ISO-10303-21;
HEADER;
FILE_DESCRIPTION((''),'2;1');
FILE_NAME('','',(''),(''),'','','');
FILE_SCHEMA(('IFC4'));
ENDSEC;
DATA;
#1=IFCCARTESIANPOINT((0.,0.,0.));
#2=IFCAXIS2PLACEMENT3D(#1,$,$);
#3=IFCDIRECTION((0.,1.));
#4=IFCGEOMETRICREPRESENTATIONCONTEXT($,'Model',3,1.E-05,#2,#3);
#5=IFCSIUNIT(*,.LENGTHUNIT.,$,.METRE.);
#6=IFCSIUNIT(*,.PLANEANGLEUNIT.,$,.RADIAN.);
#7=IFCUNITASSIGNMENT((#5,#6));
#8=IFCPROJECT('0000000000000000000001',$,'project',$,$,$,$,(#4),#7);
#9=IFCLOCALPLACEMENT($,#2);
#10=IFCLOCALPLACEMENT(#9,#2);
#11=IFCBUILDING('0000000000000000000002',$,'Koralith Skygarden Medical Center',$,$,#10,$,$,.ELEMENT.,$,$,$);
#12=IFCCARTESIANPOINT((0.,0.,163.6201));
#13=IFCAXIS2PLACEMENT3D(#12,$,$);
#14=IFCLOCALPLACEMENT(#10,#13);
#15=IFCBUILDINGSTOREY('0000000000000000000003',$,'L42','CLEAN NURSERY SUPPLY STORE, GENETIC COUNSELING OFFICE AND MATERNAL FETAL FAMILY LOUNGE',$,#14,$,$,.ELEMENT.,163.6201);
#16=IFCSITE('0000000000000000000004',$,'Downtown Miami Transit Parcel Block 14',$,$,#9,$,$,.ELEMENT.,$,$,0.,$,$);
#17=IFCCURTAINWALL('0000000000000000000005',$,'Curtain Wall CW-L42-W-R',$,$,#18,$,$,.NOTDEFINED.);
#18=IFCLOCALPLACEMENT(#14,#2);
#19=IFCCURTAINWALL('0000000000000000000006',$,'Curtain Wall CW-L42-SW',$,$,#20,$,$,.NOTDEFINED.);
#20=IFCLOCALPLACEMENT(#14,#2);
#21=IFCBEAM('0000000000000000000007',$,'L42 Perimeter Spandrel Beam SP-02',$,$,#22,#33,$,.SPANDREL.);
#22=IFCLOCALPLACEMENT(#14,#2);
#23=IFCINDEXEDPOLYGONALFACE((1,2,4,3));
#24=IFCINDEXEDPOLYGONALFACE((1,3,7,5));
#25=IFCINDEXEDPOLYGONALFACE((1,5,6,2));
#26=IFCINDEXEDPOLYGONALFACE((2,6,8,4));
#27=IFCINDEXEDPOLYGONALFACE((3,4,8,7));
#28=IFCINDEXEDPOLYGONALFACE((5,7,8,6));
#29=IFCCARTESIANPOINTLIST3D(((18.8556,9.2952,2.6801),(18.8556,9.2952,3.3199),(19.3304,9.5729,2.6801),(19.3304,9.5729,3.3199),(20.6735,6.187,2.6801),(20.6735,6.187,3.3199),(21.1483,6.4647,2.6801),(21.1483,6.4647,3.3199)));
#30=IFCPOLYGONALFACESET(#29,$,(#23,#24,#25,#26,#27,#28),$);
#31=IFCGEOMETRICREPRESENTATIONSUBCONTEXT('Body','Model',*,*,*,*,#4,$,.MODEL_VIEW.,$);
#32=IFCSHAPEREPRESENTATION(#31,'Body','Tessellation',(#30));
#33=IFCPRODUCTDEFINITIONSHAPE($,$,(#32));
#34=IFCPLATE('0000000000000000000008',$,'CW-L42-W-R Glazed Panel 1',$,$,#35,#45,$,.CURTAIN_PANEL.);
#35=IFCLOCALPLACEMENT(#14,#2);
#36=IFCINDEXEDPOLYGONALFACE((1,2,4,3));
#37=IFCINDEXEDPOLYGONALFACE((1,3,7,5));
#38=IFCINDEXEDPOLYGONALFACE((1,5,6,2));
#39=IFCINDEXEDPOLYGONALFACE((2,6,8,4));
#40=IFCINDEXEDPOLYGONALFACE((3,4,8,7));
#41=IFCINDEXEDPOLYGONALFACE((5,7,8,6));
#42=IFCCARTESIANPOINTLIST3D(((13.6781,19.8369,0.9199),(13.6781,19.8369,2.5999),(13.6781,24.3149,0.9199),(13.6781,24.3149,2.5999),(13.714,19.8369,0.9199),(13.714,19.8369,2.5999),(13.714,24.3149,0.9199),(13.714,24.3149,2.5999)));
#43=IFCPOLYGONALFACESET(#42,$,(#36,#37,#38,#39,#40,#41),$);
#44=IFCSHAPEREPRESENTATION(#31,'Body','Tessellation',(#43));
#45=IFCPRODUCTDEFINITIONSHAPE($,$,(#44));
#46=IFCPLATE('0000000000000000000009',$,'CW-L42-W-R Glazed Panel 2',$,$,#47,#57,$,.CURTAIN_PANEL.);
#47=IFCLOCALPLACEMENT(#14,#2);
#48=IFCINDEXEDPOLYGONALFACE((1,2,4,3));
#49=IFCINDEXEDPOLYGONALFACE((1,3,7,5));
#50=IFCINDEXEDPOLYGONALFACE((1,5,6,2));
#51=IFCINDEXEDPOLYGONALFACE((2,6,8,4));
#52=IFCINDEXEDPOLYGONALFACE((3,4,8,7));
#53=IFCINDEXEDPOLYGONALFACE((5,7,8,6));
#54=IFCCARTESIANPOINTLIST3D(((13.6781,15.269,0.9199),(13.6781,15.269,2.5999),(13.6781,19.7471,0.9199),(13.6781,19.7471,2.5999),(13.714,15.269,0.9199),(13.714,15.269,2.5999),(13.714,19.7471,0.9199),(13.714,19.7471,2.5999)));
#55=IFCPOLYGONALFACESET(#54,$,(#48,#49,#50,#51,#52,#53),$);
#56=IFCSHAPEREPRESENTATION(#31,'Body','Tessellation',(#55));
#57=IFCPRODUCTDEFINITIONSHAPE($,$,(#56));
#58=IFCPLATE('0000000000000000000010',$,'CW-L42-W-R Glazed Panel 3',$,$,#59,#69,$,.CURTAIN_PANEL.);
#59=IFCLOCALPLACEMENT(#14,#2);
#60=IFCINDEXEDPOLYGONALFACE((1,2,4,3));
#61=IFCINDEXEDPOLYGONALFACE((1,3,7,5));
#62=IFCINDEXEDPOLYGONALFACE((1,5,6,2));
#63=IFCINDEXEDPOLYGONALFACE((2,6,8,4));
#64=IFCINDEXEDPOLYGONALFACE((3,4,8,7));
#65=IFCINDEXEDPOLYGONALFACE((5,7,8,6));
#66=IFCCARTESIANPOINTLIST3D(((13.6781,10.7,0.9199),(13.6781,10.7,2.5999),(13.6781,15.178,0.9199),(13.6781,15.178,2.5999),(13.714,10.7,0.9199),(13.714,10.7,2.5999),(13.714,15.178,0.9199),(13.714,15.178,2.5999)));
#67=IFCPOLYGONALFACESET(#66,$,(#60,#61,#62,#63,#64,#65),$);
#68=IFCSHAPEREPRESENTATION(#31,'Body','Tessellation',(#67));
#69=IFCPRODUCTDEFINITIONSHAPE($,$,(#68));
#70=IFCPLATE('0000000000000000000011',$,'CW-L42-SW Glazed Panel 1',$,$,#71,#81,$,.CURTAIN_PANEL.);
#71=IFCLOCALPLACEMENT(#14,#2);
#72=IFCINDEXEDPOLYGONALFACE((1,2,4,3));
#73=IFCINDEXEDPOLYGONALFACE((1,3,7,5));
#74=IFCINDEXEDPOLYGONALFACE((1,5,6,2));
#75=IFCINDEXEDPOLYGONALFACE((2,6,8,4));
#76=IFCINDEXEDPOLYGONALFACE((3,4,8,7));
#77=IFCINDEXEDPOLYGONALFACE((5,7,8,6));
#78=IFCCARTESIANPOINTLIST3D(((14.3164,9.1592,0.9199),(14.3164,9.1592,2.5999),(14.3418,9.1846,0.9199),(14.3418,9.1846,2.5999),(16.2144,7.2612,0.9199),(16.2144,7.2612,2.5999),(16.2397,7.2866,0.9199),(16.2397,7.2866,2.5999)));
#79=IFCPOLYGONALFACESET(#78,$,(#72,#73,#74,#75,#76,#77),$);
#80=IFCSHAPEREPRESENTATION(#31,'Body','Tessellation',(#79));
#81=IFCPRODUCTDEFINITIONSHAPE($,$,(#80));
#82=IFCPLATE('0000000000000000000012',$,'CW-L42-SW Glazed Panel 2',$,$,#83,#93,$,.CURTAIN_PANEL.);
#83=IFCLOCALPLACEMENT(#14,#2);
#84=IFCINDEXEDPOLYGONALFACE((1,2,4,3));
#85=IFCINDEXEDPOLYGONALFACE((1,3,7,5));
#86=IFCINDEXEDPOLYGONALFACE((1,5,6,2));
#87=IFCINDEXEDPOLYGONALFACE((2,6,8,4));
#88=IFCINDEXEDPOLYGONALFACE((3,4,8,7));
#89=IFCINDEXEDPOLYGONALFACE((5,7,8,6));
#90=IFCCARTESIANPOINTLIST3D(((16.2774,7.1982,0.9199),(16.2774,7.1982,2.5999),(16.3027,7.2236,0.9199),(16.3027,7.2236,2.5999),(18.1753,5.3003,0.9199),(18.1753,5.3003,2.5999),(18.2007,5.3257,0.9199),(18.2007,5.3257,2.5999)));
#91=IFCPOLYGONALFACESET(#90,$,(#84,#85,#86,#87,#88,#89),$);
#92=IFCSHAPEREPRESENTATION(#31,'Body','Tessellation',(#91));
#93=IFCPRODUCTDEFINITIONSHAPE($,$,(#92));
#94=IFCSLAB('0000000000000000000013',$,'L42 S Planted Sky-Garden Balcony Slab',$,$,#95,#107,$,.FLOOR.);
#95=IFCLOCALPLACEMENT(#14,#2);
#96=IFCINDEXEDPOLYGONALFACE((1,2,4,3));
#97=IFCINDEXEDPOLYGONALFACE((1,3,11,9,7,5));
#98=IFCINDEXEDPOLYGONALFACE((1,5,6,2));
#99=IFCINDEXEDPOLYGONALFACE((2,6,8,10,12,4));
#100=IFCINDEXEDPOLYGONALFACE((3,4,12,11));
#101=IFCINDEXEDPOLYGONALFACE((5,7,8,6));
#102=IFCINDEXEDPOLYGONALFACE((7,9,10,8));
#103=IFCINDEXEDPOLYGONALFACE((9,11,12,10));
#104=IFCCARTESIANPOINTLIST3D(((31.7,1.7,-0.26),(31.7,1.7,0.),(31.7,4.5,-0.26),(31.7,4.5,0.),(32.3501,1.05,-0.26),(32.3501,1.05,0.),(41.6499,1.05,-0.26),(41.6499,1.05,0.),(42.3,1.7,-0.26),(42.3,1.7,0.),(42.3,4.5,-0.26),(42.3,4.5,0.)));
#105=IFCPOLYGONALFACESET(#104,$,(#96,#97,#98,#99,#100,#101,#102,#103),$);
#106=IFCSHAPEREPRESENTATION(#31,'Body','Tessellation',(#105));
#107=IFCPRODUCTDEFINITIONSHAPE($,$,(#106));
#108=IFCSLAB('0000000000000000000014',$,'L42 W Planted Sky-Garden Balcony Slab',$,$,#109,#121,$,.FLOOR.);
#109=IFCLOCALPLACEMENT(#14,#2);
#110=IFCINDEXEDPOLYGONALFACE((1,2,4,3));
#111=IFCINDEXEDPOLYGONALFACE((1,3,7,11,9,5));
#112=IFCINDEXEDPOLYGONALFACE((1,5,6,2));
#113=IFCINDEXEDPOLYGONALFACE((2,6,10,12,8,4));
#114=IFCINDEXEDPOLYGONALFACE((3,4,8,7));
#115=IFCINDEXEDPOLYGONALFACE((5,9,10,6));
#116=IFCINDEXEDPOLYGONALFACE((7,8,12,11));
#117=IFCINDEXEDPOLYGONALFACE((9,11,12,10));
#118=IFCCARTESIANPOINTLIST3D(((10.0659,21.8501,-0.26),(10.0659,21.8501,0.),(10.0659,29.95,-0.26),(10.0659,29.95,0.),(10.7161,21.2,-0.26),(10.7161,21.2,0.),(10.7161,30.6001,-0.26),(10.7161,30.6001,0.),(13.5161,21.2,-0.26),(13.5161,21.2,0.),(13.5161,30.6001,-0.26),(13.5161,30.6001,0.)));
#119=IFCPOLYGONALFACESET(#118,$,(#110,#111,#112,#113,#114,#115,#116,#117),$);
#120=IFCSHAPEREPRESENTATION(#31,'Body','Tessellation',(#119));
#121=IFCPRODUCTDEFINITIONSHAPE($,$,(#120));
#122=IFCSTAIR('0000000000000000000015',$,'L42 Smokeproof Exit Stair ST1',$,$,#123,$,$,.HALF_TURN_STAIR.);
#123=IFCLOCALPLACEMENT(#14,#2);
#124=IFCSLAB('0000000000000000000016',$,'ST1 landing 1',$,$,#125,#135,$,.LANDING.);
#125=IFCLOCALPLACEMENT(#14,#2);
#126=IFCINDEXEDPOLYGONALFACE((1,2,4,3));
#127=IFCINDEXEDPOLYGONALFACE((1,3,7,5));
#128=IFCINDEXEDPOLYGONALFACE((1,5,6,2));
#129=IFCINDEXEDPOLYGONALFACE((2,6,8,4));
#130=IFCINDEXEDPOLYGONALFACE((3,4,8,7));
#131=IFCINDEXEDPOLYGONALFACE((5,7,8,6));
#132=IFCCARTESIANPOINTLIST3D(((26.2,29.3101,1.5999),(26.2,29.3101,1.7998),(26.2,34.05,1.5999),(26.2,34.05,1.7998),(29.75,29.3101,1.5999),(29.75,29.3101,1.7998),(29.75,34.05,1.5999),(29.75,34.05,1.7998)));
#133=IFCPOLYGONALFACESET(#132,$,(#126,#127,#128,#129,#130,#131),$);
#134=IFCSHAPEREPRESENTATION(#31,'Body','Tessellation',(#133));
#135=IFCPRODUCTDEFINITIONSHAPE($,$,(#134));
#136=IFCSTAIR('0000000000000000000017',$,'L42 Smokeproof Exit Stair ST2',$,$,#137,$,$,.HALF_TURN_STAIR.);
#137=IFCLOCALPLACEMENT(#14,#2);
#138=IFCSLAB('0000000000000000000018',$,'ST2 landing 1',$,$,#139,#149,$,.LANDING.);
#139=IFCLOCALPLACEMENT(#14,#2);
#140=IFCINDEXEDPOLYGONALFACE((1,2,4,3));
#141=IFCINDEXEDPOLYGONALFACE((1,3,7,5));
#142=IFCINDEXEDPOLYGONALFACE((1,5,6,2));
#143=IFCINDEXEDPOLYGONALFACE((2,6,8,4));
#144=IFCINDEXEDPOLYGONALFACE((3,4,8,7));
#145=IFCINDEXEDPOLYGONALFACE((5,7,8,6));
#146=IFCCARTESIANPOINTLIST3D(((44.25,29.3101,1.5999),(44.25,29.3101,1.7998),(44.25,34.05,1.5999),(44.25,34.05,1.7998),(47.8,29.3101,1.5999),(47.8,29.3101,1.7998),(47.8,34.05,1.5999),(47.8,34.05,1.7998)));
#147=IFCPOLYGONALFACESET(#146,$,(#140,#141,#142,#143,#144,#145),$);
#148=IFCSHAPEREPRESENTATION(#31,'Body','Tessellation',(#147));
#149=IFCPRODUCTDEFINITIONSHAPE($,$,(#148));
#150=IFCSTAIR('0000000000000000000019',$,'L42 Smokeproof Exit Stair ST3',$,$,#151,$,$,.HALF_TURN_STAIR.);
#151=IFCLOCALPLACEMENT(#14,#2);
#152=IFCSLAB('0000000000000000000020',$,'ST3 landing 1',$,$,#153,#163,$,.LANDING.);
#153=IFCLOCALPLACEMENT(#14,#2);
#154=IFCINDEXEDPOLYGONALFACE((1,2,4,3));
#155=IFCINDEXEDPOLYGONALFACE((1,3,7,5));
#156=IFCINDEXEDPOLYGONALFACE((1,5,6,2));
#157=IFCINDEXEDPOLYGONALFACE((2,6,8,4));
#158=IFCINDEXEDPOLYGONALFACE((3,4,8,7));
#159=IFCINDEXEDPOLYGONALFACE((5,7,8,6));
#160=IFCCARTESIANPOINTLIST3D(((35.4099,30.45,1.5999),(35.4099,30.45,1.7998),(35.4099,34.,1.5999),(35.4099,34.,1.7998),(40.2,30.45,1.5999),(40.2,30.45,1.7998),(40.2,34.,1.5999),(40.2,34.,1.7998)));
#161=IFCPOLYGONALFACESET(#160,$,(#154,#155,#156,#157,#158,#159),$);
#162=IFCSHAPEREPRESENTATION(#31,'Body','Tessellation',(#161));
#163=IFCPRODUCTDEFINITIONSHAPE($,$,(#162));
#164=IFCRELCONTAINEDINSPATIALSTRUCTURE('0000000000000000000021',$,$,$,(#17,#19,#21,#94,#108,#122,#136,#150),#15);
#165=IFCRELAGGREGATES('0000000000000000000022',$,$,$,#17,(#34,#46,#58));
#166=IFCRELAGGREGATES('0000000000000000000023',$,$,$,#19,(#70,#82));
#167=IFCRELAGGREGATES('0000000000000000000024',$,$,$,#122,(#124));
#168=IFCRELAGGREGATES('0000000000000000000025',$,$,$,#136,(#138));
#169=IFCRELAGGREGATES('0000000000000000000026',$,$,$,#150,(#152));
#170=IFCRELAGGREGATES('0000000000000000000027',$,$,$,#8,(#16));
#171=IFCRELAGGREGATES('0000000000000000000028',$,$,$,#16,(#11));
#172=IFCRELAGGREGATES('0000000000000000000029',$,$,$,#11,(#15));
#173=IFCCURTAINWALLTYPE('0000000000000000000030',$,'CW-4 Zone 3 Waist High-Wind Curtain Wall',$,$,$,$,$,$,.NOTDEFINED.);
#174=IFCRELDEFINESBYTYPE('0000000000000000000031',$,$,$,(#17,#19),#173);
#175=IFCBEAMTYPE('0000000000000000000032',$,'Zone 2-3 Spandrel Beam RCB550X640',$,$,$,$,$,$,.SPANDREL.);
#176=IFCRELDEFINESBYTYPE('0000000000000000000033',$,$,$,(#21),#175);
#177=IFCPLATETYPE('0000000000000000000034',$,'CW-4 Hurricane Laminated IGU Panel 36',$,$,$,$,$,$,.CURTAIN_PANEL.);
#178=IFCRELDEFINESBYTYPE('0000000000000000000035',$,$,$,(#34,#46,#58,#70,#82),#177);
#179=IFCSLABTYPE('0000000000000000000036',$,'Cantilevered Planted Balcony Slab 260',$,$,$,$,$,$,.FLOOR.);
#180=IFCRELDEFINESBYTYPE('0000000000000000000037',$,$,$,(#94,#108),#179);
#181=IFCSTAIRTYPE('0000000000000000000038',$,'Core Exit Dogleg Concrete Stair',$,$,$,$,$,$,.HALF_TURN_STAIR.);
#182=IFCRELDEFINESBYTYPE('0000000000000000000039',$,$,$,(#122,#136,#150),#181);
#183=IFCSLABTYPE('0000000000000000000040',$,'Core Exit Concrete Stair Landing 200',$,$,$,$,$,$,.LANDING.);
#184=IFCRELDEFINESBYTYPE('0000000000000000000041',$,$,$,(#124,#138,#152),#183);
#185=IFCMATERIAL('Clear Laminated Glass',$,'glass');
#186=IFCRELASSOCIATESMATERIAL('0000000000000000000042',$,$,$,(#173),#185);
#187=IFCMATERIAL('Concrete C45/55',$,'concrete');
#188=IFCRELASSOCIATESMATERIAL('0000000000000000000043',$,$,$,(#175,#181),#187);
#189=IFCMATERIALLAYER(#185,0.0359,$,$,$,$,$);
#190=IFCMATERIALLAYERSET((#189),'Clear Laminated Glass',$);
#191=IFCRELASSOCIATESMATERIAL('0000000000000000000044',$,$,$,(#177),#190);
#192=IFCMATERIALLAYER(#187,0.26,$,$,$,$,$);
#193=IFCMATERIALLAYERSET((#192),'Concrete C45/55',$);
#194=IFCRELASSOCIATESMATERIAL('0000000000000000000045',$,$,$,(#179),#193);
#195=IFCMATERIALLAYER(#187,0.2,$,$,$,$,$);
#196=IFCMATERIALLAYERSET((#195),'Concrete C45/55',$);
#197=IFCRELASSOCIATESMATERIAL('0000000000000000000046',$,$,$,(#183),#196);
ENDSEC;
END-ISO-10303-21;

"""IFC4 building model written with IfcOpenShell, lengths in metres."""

from ifc_helpers import new_model, si_unit, direction, frame, origin, origin_2d, place, context, subcontext, project, spatial, polyline, rectangle, outline, extrude, material, layer, layer_set, material_profile, profile_set, type_object, element, aggregate, save


model = new_model("IFC4")

# Units and contexts
model_context = context("Model", 3, precision=1e-05, world=origin(), true_north=direction((0.0, 1.0)))
body_context = subcontext(model_context, "Body", "Model", "MODEL_VIEW")
ifc_project = project(units=[si_unit("LENGTHUNIT", "METRE"), si_unit("PLANEANGLEUNIT", "RADIAN")], contexts=[model_context])

# Site, building, storey
site_placement = place(None, origin())
site = spatial("IfcSite", under=ifc_project, at=site_placement, Name="Downtown Miami Transit Parcel Block 14", CompositionType="ELEMENT", RefElevation=0.0)
building_placement = place(site_placement, origin())
building = spatial("IfcBuilding", under=site, at=building_placement, Name="Koralith Skygarden Medical Center", CompositionType="ELEMENT")
storey_placement = place(building_placement, frame((0.0, 0.0, 163.6201)))
storey = spatial("IfcBuildingStorey", under=building, at=storey_placement, Name="L42", Description="CLEAN NURSERY SUPPLY STORE, GENETIC COUNSELING OFFICE AND MATERNAL FETAL FAMILY LOUNGE", CompositionType="ELEMENT", Elevation=163.6201)

# Curtain walls
ifc_material_1 = material(Name="Clear Laminated Glass", Category="glass")
curtain_wall_type = type_object("IfcCurtainWallType", Name="CW-4 Zone 3 Waist High-Wind Curtain Wall", PredefinedType="NOTDEFINED", material=ifc_material_1)
curtain_wall_1_placement = place(storey_placement, origin())
curtain_wall_1 = element("IfcCurtainWall", 1, at=curtain_wall_1_placement, inside=storey, type_object=curtain_wall_type, Name="Curtain Wall CW-L42-W-R", PredefinedType="NOTDEFINED")
curtain_wall_2_placement = place(storey_placement, origin())
curtain_wall_2 = element("IfcCurtainWall", 2, at=curtain_wall_2_placement, inside=storey, type_object=curtain_wall_type, Name="Curtain Wall CW-L42-SW", PredefinedType="NOTDEFINED")

# Beam
ifc_material_2 = material(Name="Concrete C45/55", Category="concrete")
ifc_material_profile_1 = material_profile(ifc_material_2, rectangle(XDim=0.55, YDim=0.6399, at=origin_2d()), Name="RCB550X640")
ifc_profile_set_1 = profile_set([ifc_material_profile_1], Name="Concrete C45/55")
beam_type = type_object("IfcBeamType", Name="Zone 2-3 Spandrel Beam RCB550X640", PredefinedType="SPANDREL", material=ifc_profile_set_1)
beam_1_placement = place(storey_placement, frame((19.093, 9.4341, 3.0), z_axis=(0.504861, -0.8632, 0.0), x_axis=(0.8632, 0.504861, 0.0)))
element("IfcBeam", 3, at=beam_1_placement, inside=storey, type_object=beam_type, Name="L42 Perimeter Spandrel Beam SP-02", PredefinedType="SPANDREL", context=body_context, shape_type="SweptSolid", body=[
    extrude(rectangle(XDim=0.55, YDim=0.6399, at=origin_2d()), origin(), (0.0, 0.0, 1.0), 3.6008),
])

# Plates
ifc_layer_1 = layer(ifc_material_1, 0.0359)
ifc_layer_set_1 = layer_set([ifc_layer_1], Name="Clear Laminated Glass")
plate_type_1 = type_object("IfcPlateType", Name="CW-4 Hurricane Laminated IGU Panel 36", PredefinedType="CURTAIN_PANEL", material=ifc_layer_set_1)
plate_1_placement = place(storey_placement, frame((13.696, 22.0759, 0.9199), z_axis=(0.0, 0.0, 1.0), x_axis=(0.0, -1.0, 0.0)))
plate_1 = element("IfcPlate", 4, at=plate_1_placement, type_object=plate_type_1, Name="CW-L42-W-R Glazed Panel 1", PredefinedType="CURTAIN_PANEL", context=body_context, shape_type="SweptSolid", body=[
    extrude(rectangle(XDim=4.478, YDim=0.0359, at=origin_2d()), origin(), (0.0, 0.0, 1.0), 1.6799),
])
plate_2_placement = place(storey_placement, frame((13.696, 17.5081, 0.9199), z_axis=(0.0, 0.0, 1.0), x_axis=(0.0, -1.0, 0.0)))
plate_2 = element("IfcPlate", 5, at=plate_2_placement, type_object=plate_type_1, Name="CW-L42-W-R Glazed Panel 2", PredefinedType="CURTAIN_PANEL", context=body_context, shape_type="SweptSolid", body=[
    extrude(rectangle(XDim=4.478, YDim=0.0359, at=origin_2d()), origin(), (0.0, 0.0, 1.0), 1.6799),
])
plate_3_placement = place(storey_placement, frame((13.696, 12.939, 0.9199), z_axis=(0.0, 0.0, 1.0), x_axis=(0.0, -1.0, 0.0)))
plate_3 = element("IfcPlate", 6, at=plate_3_placement, type_object=plate_type_1, Name="CW-L42-W-R Glazed Panel 3", PredefinedType="CURTAIN_PANEL", context=body_context, shape_type="SweptSolid", body=[
    extrude(rectangle(XDim=4.478, YDim=0.0359, at=origin_2d()), origin(), (0.0, 0.0, 1.0), 1.6799),
])
aggregate(curtain_wall_1, [plate_1, plate_2, plate_3])
plate_4_placement = place(storey_placement, frame((15.2781, 8.2229, 0.9199), z_axis=(0.0, 0.0, 1.0), x_axis=(0.707107, -0.707107, 0.0)))
plate_4 = element("IfcPlate", 7, at=plate_4_placement, type_object=plate_type_1, Name="CW-L42-SW Glazed Panel 1", PredefinedType="CURTAIN_PANEL", context=body_context, shape_type="SweptSolid", body=[
    extrude(rectangle(XDim=2.6841, YDim=0.0359, at=origin_2d()), origin(), (0.0, 0.0, 1.0), 1.6799),
])
plate_5_placement = place(storey_placement, frame((17.239, 6.262, 0.9199), z_axis=(0.0, 0.0, 1.0), x_axis=(0.707107, -0.707107, 0.0)))
plate_5 = element("IfcPlate", 8, at=plate_5_placement, type_object=plate_type_1, Name="CW-L42-SW Glazed Panel 2", PredefinedType="CURTAIN_PANEL", context=body_context, shape_type="SweptSolid", body=[
    extrude(rectangle(XDim=2.6841, YDim=0.0359, at=origin_2d()), origin(), (0.0, 0.0, 1.0), 1.6799),
])
aggregate(curtain_wall_2, [plate_4, plate_5])

# Slabs
ifc_layer_2 = layer(ifc_material_2, 0.26)
ifc_layer_set_2 = layer_set([ifc_layer_2], Name="Concrete C45/55")
slab_type_1 = type_object("IfcSlabType", Name="Cantilevered Planted Balcony Slab 260", PredefinedType="FLOOR", material=ifc_layer_set_2)
slab_1_placement = place(storey_placement, frame((0.0, 0.0, -0.26)))
element("IfcSlab", 9, at=slab_1_placement, inside=storey, type_object=slab_type_1, Name="L42 S Planted Sky-Garden Balcony Slab", PredefinedType="FLOOR", context=body_context, shape_type="SweptSolid", body=[
    extrude(outline(polyline([(32.3501, 1.05), (41.6499, 1.05), (42.3, 1.7), (42.3, 4.5), (31.7, 4.5), (31.7, 1.7), (32.3501, 1.05)])), origin(), (0.0, 0.0, 1.0), 0.26),
])
slab_2_placement = place(storey_placement, frame((0.0, 0.0, -0.26)))
element("IfcSlab", 10, at=slab_2_placement, inside=storey, type_object=slab_type_1, Name="L42 W Planted Sky-Garden Balcony Slab", PredefinedType="FLOOR", context=body_context, shape_type="SweptSolid", body=[
    extrude(outline(polyline([(10.7161, 21.2), (13.5161, 21.2), (13.5161, 30.6001), (10.7161, 30.6001), (10.0659, 29.95), (10.0659, 21.8501), (10.7161, 21.2)])), origin(), (0.0, 0.0, 1.0), 0.26),
])

# Stairs, slabs
stair_type = type_object("IfcStairType", Name="Core Exit Dogleg Concrete Stair", PredefinedType="HALF_TURN_STAIR", material=ifc_material_2)
stair_1_placement = place(storey_placement, origin())
stair_1 = element("IfcStair", 11, at=stair_1_placement, inside=storey, type_object=stair_type, Name="L42 Smokeproof Exit Stair ST1", PredefinedType="HALF_TURN_STAIR")
ifc_layer_3 = layer(ifc_material_2, 0.2)
ifc_layer_set_3 = layer_set([ifc_layer_3], Name="Concrete C45/55")
slab_type_2 = type_object("IfcSlabType", Name="Core Exit Concrete Stair Landing 200", PredefinedType="LANDING", material=ifc_layer_set_3)
slab_3_placement = place(storey_placement, frame((0.0, 0.0, 1.5999)))
slab_3 = element("IfcSlab", 12, at=slab_3_placement, type_object=slab_type_2, Name="ST1 landing 1", PredefinedType="LANDING", context=body_context, shape_type="SweptSolid", body=[
    extrude(outline(polyline([(29.75, 29.3101), (29.75, 34.05), (26.2, 34.05), (26.2, 29.3101), (29.75, 29.3101)])), origin(), (0.0, 0.0, 1.0), 0.2),
])
aggregate(stair_1, [slab_3])
stair_2_placement = place(storey_placement, origin())
stair_2 = element("IfcStair", 13, at=stair_2_placement, inside=storey, type_object=stair_type, Name="L42 Smokeproof Exit Stair ST2", PredefinedType="HALF_TURN_STAIR")
slab_4_placement = place(storey_placement, frame((0.0, 0.0, 1.5999)))
slab_4 = element("IfcSlab", 14, at=slab_4_placement, type_object=slab_type_2, Name="ST2 landing 1", PredefinedType="LANDING", context=body_context, shape_type="SweptSolid", body=[
    extrude(outline(polyline([(47.8, 29.3101), (47.8, 34.05), (44.25, 34.05), (44.25, 29.3101), (47.8, 29.3101)])), origin(), (0.0, 0.0, 1.0), 0.2),
])
aggregate(stair_2, [slab_4])
stair_3_placement = place(storey_placement, origin())
stair_3 = element("IfcStair", 15, at=stair_3_placement, inside=storey, type_object=stair_type, Name="L42 Smokeproof Exit Stair ST3", PredefinedType="HALF_TURN_STAIR")
slab_5_placement = place(storey_placement, frame((0.0, 0.0, 1.5999)))
slab_5 = element("IfcSlab", 16, at=slab_5_placement, type_object=slab_type_2, Name="ST3 landing 1", PredefinedType="LANDING", context=body_context, shape_type="SweptSolid", body=[
    extrude(outline(polyline([(35.4099, 30.45), (40.2, 30.45), (40.2, 34.0), (35.4099, 34.0), (35.4099, 30.45)])), origin(), (0.0, 0.0, 1.0), 0.2),
])
aggregate(stair_3, [slab_5])

save(model, "model.ifc")
